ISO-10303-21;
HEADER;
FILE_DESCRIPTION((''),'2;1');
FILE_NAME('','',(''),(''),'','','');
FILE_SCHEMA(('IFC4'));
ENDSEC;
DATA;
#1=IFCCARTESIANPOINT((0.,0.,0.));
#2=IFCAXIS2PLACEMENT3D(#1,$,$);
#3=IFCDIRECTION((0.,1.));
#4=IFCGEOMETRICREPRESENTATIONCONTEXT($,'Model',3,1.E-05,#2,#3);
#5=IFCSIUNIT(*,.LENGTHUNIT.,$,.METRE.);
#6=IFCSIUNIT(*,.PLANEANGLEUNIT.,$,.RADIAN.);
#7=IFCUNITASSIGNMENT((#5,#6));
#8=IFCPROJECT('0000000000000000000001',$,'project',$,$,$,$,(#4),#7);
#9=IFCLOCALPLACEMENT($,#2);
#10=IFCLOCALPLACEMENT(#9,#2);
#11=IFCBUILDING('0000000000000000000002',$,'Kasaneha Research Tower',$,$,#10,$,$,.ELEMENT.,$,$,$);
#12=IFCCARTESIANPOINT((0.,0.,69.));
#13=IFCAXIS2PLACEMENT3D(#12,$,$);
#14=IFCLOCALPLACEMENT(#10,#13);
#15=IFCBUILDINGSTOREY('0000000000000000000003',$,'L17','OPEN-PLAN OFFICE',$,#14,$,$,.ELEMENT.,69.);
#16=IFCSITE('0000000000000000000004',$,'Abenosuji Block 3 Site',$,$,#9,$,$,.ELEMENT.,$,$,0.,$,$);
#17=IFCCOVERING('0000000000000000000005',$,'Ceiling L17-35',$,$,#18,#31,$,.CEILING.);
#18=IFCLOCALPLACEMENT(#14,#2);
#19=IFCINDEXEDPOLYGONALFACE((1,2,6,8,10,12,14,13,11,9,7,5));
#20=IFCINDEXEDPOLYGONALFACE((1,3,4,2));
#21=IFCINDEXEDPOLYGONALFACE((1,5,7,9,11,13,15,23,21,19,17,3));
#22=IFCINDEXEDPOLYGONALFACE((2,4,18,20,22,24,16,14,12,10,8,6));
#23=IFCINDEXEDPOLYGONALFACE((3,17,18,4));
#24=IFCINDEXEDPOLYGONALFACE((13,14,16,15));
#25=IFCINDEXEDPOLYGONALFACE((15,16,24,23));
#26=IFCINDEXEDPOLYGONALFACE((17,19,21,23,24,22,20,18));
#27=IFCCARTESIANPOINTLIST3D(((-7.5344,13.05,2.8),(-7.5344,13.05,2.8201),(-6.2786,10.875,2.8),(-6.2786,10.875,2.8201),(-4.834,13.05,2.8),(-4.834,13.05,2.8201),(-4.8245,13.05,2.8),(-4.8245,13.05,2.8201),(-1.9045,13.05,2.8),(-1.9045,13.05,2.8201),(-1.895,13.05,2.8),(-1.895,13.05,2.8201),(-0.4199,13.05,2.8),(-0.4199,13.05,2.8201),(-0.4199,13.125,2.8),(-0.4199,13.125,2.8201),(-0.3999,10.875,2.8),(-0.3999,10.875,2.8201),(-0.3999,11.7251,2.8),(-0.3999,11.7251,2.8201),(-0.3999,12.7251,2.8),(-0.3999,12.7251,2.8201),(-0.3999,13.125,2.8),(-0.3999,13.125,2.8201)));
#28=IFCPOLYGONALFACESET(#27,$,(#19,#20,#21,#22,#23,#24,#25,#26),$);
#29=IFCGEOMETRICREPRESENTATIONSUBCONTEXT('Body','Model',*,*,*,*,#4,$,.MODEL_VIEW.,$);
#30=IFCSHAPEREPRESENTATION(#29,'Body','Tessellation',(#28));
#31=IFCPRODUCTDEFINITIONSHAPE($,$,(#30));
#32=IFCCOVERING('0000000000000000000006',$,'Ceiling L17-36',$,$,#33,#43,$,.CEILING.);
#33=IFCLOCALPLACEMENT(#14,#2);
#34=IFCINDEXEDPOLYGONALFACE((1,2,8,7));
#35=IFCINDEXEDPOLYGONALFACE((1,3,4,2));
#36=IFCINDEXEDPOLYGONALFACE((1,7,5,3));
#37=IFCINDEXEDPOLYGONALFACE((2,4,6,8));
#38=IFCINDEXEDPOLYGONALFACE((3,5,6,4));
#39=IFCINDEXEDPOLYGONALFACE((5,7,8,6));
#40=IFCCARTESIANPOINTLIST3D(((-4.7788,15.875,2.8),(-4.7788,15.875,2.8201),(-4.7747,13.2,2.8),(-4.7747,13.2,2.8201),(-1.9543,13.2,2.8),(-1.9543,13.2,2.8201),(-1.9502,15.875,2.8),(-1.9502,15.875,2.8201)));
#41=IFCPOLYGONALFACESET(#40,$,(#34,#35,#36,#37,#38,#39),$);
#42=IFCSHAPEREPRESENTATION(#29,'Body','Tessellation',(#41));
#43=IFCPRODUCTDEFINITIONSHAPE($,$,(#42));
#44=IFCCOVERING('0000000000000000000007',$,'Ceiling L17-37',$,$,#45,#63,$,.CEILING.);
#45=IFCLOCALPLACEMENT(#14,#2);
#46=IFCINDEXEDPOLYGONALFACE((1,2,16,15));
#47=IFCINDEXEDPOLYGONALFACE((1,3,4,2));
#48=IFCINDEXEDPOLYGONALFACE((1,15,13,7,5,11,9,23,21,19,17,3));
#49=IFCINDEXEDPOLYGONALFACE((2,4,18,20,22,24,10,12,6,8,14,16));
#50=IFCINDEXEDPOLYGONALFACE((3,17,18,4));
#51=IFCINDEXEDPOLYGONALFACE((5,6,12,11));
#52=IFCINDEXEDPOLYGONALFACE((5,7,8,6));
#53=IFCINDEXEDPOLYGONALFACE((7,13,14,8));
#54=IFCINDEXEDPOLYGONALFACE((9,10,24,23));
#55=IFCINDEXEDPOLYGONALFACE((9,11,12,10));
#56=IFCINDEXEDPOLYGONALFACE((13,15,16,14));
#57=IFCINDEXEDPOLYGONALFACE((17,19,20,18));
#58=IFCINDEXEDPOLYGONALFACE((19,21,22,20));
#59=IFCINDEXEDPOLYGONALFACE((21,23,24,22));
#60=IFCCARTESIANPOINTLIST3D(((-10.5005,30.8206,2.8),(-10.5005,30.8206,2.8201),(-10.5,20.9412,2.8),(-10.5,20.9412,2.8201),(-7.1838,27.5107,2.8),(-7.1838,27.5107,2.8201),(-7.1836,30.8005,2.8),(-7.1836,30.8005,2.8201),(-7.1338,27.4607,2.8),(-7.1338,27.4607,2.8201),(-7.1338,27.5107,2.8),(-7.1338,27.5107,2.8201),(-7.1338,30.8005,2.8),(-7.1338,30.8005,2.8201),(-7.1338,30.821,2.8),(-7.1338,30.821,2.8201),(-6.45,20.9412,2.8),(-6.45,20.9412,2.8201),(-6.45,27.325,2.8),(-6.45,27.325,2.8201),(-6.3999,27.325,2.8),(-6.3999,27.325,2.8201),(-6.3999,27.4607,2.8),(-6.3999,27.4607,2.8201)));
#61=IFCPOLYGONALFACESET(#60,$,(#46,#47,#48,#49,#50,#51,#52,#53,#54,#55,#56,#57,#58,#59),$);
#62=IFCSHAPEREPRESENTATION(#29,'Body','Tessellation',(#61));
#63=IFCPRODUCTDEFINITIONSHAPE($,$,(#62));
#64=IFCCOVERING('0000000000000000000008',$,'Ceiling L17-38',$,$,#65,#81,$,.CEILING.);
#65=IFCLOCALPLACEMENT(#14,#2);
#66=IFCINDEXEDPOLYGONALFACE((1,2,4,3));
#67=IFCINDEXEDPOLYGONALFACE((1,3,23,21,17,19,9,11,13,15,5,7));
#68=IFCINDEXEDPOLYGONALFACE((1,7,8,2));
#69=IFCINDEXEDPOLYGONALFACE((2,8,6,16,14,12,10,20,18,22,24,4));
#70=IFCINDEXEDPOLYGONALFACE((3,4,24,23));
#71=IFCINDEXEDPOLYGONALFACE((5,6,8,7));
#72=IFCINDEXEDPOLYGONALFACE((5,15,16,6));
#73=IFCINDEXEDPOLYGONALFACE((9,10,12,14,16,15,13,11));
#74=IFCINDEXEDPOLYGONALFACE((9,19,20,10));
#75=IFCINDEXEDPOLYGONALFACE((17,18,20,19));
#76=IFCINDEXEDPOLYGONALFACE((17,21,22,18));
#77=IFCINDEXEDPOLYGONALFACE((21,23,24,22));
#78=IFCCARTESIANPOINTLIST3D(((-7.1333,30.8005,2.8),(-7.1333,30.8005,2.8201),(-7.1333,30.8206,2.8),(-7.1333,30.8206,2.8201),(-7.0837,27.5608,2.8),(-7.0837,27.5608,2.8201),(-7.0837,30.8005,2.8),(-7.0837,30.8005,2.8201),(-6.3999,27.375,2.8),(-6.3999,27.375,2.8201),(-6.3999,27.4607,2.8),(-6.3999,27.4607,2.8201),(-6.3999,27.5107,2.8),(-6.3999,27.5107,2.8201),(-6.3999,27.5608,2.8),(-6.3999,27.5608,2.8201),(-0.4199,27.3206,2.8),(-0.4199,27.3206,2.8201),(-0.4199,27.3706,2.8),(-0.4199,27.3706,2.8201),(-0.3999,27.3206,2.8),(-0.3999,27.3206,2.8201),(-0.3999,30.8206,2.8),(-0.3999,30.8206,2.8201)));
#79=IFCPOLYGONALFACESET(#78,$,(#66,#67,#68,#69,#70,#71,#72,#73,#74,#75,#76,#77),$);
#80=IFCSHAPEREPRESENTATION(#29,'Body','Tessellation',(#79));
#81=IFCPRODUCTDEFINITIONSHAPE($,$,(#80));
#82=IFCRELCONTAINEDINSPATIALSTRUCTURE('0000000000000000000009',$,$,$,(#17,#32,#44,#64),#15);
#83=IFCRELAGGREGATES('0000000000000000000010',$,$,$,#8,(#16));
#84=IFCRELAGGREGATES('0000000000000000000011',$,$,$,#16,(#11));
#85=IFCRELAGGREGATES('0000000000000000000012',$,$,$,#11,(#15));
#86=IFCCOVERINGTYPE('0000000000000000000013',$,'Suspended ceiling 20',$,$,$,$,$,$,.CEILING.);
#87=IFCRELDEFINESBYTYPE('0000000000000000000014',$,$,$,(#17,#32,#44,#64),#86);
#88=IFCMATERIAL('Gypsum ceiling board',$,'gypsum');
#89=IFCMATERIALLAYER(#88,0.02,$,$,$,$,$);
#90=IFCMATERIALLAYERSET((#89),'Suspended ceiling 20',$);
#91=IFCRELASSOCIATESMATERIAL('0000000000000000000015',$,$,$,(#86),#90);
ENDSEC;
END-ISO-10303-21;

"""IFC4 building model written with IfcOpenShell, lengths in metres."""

from ifc_helpers import new_model, si_unit, direction, frame, origin, place, context, subcontext, project, spatial, polyline, outline, extrude, material, layer, layer_set, type_object, element, save


model = new_model("IFC4")

# Units and contexts
model_context = context("Model", 3, precision=1e-05, world=origin(), true_north=direction((0.0, 1.0)))
body_context = subcontext(model_context, "Body", "Model", "MODEL_VIEW")
ifc_project = project(units=[si_unit("LENGTHUNIT", "METRE"), si_unit("PLANEANGLEUNIT", "RADIAN")], contexts=[model_context])

# Site, building, storey
site_placement = place(None, origin())
site = spatial("IfcSite", under=ifc_project, at=site_placement, Name="Abenosuji Block 3 Site", CompositionType="ELEMENT", RefElevation=0.0)
building_placement = place(site_placement, origin())
building = spatial("IfcBuilding", under=site, at=building_placement, Name="Kasaneha Research Tower", CompositionType="ELEMENT")
storey_placement = place(building_placement, frame((0.0, 0.0, 69.0)))
storey = spatial("IfcBuildingStorey", under=building, at=storey_placement, Name="L17", Description="OPEN-PLAN OFFICE", CompositionType="ELEMENT", Elevation=69.0)

# Coverings
ifc_material_1 = material(Name="Gypsum ceiling board", Category="gypsum")
ifc_layer_1 = layer(ifc_material_1, 0.02)
ifc_layer_set_1 = layer_set([ifc_layer_1], Name="Suspended ceiling 20")
covering_type = type_object("IfcCoveringType", Name="Suspended ceiling 20", PredefinedType="CEILING", material=ifc_layer_set_1)
covering_1_placement = place(storey_placement, frame((0.0, 0.0, 2.8)))
element("IfcCovering", 1, at=covering_1_placement, inside=storey, type_object=covering_type, Name="Ceiling L17-35", PredefinedType="CEILING", context=body_context, shape_type="SweptSolid", body=[
    extrude(outline(polyline([(-0.3999, 11.7251), (-0.3999, 10.875), (-6.2786, 10.875), (-7.5344, 13.05), (-4.834, 13.05), (-4.8245, 13.05), (-1.9045, 13.05), (-1.895, 13.05), (-0.4199, 13.05), (-0.4199, 13.125), (-0.3999, 13.125), (-0.3999, 12.7251), (-0.3999, 11.7251)])), origin(), (0.0, 0.0, 1.0), 0.02),
])
covering_2_placement = place(storey_placement, frame((0.0, 0.0, 2.8)))
element("IfcCovering", 2, at=covering_2_placement, inside=storey, type_object=covering_type, Name="Ceiling L17-36", PredefinedType="CEILING", context=body_context, shape_type="SweptSolid", body=[
    extrude(outline(polyline([(-4.7788, 15.875), (-1.9502, 15.875), (-1.9543, 13.2), (-4.7747, 13.2), (-4.7788, 15.875)])), origin(), (0.0, 0.0, 1.0), 0.02),
])
covering_3_placement = place(storey_placement, frame((0.0, 0.0, 2.8)))
element("IfcCovering", 3, at=covering_3_placement, inside=storey, type_object=covering_type, Name="Ceiling L17-37", PredefinedType="CEILING", context=body_context, shape_type="SweptSolid", body=[
    extrude(outline(polyline([(-7.1338, 30.821), (-7.1338, 30.8005), (-7.1836, 30.8005), (-7.1838, 27.5107), (-7.1338, 27.5107), (-7.1338, 27.5107), (-7.1338, 27.5107), (-7.1338, 27.4607), (-6.3999, 27.4607), (-6.3999, 27.325), (-6.45, 27.325), (-6.45, 20.9412), (-10.5, 20.9412), (-10.5, 20.8911), (-10.5005, 30.8206), (-7.1338, 30.821)])), origin(), (0.0, 0.0, 1.0), 0.02),
])
covering_4_placement = place(storey_placement, frame((0.0, 0.0, 2.8)))
element("IfcCovering", 4, at=covering_4_placement, inside=storey, type_object=covering_type, Name="Ceiling L17-38", PredefinedType="CEILING", context=body_context, shape_type="SweptSolid", body=[
    extrude(outline(polyline([(-0.3999, 27.3206), (-0.4199, 27.3206), (-0.4199, 27.3706), (-6.3999, 27.375), (-6.3999, 27.325), (-6.3999, 27.4607), (-6.3999, 27.5107), (-6.3999, 27.5608), (-7.0837, 27.5608), (-7.0837, 30.8005), (-7.1333, 30.8005), (-7.1333, 30.8206), (-0.3999, 30.8206), (-0.3999, 27.3206)])), origin(), (0.0, 0.0, 1.0), 0.02),
])

save(model, "model.ifc")
